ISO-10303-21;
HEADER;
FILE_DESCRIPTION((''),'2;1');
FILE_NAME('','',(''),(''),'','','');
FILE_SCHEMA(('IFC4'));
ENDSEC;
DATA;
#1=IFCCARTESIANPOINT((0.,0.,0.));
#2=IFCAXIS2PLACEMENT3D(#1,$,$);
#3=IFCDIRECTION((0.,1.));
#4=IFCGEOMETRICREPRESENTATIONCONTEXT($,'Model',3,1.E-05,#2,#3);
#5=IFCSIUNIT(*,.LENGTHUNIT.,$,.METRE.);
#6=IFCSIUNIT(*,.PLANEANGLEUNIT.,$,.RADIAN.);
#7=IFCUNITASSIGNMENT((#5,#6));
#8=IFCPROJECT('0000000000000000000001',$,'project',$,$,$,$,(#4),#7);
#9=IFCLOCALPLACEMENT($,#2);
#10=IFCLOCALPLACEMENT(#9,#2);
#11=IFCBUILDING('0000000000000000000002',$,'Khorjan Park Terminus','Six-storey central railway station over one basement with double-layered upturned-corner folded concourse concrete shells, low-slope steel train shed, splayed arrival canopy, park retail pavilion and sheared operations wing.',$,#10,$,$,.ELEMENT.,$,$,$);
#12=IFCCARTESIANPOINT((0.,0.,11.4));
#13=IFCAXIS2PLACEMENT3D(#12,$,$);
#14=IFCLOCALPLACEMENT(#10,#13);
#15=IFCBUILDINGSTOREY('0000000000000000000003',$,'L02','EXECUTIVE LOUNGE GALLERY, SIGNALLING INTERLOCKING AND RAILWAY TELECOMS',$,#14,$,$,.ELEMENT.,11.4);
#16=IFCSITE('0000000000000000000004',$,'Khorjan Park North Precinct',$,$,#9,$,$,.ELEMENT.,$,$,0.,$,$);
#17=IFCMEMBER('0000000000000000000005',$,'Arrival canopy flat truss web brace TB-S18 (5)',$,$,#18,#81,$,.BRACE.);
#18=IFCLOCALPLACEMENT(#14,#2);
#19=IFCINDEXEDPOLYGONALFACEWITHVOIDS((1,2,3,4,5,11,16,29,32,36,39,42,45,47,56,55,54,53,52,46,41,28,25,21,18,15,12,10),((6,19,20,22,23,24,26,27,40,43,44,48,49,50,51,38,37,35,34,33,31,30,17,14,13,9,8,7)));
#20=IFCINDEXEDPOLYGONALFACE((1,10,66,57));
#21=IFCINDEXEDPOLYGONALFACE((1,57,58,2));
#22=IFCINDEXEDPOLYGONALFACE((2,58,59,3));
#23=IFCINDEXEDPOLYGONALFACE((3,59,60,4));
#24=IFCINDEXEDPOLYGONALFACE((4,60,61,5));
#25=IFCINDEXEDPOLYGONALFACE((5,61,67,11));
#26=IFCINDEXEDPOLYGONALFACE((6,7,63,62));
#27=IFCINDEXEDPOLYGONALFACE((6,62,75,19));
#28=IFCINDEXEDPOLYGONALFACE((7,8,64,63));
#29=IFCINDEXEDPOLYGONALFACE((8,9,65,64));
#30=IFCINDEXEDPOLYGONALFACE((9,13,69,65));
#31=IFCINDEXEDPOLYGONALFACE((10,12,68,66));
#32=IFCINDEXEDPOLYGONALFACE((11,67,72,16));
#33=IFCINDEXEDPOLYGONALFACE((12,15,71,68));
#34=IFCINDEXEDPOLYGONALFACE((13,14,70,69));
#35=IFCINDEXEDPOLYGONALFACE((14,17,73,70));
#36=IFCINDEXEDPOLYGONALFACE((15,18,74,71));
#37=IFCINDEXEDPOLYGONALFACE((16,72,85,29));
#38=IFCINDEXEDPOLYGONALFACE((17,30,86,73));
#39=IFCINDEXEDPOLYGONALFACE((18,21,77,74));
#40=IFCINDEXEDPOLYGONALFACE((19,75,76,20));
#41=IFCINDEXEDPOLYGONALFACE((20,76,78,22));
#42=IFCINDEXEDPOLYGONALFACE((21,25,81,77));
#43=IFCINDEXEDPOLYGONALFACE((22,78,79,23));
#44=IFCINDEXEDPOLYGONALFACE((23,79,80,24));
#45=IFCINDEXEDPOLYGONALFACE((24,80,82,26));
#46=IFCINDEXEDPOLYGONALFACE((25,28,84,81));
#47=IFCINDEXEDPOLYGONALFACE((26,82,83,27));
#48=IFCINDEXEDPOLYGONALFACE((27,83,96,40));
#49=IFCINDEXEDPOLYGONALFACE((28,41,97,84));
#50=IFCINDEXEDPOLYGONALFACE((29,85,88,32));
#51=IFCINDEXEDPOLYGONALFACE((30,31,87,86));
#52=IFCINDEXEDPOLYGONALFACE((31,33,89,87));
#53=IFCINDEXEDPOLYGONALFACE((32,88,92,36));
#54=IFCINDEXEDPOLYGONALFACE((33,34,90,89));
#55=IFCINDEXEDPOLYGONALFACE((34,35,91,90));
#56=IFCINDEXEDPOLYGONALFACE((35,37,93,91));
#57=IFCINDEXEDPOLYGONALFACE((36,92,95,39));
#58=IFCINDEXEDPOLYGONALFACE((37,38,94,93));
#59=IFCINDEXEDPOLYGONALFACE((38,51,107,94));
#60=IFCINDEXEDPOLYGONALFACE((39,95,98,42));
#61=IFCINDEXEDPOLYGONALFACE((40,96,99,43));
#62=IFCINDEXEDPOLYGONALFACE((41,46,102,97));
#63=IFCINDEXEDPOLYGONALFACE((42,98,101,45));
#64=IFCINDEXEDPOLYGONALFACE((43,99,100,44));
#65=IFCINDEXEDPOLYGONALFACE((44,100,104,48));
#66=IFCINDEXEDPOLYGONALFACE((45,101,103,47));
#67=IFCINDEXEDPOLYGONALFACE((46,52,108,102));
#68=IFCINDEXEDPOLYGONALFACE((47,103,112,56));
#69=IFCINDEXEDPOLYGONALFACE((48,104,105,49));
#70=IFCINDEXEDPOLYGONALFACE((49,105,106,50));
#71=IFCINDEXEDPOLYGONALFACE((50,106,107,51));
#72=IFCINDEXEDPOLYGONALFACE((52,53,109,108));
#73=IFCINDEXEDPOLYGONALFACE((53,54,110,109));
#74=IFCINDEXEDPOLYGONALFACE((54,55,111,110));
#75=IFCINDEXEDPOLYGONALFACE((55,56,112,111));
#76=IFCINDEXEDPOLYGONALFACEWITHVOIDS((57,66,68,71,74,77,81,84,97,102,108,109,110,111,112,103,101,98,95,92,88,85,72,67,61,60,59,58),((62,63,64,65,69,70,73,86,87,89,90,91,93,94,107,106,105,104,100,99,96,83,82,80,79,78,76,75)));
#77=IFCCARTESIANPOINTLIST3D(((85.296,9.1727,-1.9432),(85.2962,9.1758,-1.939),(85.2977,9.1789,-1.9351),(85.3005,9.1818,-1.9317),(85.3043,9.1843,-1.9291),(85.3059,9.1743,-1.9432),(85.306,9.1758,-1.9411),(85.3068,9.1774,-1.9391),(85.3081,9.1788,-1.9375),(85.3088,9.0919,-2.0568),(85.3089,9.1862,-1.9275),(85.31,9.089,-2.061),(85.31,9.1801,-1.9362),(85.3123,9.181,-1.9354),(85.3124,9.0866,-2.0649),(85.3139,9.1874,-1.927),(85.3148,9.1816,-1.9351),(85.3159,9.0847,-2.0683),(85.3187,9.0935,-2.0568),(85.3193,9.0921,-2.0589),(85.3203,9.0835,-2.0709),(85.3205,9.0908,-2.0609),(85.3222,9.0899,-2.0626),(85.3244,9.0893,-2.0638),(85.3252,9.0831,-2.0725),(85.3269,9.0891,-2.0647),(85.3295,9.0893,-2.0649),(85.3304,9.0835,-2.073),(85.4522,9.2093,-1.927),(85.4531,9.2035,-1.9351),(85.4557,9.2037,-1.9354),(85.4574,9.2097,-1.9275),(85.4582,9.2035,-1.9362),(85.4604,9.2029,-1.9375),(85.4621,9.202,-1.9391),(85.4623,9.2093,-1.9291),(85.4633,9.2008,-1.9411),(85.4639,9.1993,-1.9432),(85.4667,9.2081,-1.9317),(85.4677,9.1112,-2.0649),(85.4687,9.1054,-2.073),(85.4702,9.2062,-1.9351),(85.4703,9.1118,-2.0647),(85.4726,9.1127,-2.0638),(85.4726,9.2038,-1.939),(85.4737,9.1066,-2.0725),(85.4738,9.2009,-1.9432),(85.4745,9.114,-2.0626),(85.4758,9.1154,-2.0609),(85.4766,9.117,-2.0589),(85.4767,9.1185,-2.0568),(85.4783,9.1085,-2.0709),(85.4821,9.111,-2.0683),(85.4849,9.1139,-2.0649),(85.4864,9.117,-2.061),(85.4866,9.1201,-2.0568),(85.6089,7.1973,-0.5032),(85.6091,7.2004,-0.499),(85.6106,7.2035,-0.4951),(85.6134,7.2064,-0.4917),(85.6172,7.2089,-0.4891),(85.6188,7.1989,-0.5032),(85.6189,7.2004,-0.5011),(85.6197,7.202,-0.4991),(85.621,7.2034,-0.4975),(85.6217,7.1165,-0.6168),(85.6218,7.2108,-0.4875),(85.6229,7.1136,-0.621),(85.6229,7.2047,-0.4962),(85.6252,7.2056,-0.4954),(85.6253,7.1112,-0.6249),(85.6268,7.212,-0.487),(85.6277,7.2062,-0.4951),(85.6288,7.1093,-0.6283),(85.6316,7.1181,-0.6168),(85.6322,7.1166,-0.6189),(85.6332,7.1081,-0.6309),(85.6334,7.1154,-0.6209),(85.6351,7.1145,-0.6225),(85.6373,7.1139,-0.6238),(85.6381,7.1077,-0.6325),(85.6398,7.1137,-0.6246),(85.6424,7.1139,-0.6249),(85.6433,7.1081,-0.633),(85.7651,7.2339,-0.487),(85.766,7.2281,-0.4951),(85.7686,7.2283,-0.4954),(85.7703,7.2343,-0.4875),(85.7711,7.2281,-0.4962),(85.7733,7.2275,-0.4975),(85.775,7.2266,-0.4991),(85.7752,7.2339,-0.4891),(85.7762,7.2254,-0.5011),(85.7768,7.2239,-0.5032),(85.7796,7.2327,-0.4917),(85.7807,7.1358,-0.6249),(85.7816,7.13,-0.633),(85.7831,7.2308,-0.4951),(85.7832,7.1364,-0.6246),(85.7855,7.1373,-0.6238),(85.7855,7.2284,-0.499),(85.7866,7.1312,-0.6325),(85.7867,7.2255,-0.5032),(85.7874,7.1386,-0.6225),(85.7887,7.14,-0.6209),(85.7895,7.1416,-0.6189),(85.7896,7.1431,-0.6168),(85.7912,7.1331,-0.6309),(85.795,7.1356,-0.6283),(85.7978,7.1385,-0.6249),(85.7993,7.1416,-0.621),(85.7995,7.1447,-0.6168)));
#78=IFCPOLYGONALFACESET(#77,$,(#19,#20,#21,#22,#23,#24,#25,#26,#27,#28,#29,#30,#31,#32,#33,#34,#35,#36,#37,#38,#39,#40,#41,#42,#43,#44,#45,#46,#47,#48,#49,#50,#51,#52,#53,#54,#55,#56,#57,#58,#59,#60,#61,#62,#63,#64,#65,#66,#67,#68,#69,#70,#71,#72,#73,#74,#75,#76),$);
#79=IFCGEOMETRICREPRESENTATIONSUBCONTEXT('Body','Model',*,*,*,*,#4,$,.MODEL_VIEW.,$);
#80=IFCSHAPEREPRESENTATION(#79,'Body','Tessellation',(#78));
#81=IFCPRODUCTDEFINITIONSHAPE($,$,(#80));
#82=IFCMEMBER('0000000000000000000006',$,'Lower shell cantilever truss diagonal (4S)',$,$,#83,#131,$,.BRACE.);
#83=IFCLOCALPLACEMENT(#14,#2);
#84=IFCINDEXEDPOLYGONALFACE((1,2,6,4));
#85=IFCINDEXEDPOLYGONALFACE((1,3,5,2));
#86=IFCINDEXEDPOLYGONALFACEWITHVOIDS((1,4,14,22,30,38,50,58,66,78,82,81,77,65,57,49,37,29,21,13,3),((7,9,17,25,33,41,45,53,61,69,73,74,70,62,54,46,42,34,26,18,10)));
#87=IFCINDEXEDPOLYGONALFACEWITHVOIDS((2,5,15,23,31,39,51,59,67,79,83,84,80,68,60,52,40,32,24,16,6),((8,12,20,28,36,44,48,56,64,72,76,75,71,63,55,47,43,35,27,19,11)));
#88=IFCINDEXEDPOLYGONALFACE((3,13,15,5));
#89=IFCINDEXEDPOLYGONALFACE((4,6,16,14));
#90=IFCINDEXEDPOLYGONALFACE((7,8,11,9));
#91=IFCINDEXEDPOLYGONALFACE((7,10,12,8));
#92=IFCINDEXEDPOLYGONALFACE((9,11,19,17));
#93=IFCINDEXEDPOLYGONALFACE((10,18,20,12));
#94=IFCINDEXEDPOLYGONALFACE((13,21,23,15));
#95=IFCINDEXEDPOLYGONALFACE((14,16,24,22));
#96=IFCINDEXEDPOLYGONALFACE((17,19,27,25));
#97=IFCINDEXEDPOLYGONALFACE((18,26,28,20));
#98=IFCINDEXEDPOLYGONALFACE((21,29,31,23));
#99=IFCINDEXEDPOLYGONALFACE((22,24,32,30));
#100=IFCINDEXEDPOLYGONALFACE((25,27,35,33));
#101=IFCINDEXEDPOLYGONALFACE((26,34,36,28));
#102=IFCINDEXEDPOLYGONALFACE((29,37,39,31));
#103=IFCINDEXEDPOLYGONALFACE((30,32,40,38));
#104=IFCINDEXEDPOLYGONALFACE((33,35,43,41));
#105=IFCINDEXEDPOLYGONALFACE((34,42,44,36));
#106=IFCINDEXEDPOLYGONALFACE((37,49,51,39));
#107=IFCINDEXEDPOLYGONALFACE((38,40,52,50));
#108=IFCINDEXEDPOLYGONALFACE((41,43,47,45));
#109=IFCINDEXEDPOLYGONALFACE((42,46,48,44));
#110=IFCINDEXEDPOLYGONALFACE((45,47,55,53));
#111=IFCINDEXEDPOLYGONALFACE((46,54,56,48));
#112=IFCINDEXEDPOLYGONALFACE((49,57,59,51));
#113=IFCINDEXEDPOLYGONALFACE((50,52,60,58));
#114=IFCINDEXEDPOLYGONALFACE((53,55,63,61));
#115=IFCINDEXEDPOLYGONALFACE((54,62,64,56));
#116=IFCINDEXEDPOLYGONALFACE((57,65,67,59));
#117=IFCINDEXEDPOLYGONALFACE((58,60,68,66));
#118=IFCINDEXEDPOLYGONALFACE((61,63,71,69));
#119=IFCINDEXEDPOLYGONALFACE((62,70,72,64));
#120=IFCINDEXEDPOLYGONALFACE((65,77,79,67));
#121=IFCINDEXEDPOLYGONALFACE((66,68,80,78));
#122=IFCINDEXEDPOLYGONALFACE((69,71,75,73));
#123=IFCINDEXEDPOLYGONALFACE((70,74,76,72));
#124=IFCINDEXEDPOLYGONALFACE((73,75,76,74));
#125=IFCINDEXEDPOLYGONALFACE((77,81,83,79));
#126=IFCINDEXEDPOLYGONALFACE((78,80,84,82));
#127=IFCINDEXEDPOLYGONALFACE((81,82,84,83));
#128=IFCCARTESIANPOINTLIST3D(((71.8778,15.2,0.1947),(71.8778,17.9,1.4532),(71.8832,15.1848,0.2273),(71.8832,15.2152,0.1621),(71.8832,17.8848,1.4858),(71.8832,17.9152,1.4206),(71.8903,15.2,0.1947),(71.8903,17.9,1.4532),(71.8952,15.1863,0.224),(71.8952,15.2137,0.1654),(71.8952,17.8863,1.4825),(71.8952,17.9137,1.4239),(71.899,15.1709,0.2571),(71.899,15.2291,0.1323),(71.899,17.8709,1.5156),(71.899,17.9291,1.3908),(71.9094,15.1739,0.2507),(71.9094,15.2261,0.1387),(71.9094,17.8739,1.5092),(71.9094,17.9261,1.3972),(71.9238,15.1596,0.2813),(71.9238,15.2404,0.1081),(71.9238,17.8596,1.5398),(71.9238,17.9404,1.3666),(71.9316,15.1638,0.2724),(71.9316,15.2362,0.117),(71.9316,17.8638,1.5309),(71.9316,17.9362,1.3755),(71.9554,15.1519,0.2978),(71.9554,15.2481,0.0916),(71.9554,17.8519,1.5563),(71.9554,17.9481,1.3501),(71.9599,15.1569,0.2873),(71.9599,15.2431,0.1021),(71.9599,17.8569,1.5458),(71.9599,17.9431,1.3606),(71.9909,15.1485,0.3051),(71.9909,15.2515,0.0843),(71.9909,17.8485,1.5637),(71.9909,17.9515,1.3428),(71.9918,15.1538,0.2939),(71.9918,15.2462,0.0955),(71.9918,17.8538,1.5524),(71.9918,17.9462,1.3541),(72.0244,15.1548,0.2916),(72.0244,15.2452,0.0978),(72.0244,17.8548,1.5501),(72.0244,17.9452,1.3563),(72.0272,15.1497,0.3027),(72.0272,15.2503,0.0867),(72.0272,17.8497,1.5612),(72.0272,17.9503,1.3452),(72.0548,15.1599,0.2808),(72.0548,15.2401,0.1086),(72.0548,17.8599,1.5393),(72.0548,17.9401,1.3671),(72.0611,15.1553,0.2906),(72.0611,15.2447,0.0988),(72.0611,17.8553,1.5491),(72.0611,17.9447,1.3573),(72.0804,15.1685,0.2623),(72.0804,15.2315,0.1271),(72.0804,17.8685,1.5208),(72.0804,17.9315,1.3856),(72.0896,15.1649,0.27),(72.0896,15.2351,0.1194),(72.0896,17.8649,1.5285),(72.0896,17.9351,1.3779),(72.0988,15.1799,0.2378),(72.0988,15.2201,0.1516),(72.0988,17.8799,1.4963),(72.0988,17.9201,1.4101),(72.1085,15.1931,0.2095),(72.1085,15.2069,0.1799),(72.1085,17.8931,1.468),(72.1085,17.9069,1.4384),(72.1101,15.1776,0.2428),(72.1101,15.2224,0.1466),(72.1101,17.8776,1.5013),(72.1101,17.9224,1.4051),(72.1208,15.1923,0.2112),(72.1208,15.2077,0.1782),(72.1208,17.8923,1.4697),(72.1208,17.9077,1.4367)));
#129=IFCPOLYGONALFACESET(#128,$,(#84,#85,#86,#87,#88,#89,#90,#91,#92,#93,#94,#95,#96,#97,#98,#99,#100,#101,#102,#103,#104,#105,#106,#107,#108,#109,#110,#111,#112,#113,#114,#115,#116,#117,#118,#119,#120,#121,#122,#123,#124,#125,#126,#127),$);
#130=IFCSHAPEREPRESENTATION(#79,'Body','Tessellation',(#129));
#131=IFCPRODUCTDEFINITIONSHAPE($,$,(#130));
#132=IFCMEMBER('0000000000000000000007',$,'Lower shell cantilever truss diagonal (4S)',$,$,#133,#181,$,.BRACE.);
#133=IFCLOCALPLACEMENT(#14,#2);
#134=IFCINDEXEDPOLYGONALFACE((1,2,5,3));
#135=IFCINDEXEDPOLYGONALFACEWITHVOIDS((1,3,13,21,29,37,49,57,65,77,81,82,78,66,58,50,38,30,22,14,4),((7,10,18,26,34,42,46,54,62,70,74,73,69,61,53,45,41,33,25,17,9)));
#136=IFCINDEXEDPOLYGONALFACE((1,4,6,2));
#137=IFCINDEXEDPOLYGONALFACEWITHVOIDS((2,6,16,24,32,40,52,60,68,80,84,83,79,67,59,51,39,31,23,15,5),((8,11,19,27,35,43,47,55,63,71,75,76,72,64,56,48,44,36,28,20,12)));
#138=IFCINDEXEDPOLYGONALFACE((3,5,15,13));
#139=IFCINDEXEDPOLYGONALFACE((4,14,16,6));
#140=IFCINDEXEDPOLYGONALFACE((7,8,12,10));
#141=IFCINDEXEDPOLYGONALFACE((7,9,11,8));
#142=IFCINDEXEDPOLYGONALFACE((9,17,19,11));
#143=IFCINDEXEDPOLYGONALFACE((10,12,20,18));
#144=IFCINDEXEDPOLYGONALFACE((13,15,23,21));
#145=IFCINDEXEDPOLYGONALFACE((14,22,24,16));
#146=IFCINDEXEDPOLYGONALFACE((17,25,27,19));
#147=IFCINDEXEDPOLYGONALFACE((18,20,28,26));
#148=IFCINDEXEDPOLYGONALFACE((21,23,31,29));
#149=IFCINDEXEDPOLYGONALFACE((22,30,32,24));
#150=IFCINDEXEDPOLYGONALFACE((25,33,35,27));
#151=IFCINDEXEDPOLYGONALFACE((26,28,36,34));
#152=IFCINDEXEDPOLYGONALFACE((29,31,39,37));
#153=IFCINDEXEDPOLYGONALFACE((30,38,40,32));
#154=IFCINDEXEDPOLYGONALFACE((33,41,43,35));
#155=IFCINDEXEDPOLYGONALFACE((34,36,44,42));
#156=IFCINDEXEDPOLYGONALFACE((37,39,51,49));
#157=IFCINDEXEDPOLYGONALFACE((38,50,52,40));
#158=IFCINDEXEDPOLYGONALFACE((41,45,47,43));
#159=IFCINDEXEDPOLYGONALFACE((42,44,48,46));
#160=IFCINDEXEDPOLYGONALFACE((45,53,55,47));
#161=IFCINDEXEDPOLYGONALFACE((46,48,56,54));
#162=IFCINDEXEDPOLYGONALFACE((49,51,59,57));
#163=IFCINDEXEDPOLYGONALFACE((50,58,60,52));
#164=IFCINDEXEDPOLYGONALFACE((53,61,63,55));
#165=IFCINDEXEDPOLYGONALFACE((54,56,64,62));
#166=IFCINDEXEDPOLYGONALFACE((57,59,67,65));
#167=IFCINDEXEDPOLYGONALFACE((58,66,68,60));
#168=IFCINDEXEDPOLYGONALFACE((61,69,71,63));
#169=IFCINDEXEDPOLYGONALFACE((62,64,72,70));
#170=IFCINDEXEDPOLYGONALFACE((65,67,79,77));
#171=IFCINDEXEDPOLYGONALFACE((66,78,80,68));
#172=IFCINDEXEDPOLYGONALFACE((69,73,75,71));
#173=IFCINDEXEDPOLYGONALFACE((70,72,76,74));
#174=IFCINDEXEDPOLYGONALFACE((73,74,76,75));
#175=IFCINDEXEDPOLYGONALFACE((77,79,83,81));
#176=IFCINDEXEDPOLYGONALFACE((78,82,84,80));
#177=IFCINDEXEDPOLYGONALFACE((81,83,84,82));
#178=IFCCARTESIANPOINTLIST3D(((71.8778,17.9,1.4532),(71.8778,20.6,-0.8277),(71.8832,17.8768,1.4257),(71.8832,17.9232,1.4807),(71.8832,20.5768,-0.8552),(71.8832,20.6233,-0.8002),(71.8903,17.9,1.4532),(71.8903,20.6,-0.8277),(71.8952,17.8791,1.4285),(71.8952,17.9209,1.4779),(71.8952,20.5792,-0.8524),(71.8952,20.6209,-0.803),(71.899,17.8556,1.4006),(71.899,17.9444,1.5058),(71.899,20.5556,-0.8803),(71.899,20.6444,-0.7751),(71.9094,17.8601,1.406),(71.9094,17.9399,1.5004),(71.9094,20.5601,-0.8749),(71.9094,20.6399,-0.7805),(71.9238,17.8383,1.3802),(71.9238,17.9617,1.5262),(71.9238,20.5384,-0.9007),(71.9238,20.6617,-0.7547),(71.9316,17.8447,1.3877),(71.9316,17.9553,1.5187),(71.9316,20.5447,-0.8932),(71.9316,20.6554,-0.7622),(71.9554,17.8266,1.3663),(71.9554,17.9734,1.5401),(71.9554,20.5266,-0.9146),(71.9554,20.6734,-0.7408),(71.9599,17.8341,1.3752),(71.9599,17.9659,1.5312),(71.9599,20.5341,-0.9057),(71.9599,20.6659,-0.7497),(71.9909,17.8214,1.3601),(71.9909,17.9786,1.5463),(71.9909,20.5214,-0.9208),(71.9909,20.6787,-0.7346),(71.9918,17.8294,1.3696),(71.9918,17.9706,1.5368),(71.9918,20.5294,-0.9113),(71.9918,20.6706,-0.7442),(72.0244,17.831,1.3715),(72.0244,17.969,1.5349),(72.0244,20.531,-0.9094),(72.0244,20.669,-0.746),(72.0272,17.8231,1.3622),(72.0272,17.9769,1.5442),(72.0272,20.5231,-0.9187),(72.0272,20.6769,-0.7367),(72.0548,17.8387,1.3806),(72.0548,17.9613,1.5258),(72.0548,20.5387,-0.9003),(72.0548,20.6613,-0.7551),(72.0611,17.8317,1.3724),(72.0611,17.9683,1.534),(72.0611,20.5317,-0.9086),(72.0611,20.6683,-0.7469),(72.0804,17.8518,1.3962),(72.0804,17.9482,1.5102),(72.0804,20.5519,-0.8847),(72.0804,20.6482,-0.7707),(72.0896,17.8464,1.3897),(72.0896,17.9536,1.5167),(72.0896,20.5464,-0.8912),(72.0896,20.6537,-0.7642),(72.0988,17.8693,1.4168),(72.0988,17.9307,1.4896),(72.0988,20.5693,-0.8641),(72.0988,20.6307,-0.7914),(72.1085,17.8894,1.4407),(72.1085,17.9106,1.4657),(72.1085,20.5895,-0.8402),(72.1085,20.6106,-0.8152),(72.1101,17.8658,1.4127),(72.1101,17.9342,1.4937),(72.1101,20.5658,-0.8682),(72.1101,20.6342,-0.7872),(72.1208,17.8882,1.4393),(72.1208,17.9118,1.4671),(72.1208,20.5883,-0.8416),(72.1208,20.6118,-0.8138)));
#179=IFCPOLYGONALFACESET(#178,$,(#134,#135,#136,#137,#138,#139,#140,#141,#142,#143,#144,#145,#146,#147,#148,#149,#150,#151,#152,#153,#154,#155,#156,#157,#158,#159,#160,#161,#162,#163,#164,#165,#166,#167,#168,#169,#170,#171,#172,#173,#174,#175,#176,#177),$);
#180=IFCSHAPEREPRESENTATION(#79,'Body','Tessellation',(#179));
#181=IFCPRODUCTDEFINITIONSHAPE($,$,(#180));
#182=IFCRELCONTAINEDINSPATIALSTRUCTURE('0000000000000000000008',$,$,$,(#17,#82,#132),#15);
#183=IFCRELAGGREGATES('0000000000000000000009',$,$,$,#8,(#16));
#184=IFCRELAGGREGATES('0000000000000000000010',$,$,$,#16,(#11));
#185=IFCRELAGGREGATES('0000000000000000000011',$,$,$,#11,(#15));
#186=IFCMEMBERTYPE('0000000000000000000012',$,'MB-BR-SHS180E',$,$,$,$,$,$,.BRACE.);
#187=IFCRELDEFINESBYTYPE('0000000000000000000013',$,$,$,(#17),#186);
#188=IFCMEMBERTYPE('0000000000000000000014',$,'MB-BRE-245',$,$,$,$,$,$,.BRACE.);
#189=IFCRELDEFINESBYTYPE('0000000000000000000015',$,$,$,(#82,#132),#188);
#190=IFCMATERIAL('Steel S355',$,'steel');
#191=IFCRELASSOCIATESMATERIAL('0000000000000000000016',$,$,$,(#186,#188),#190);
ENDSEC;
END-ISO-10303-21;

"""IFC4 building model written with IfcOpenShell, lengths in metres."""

from ifc_helpers import new_model, si_unit, direction, frame, origin, origin_2d, place, context, subcontext, project, spatial, hollow_rectangle, hollow_circle, extrude, material, material_profile, profile_set, type_object, element, save


model = new_model("IFC4")

# Units and contexts
model_context = context("Model", 3, precision=1e-05, world=origin(), true_north=direction((0.0, 1.0)))
body_context = subcontext(model_context, "Body", "Model", "MODEL_VIEW")
ifc_project = project(units=[si_unit("LENGTHUNIT", "METRE"), si_unit("PLANEANGLEUNIT", "RADIAN")], contexts=[model_context])

# Site, building, storey
site_placement = place(None, origin())
site = spatial("IfcSite", under=ifc_project, at=site_placement, Name="Khorjan Park North Precinct", CompositionType="ELEMENT", RefElevation=0.0)
building_placement = place(site_placement, origin())
building = spatial("IfcBuilding", under=site, at=building_placement, Name="Khorjan Park Terminus", Description="Six-storey central railway station over one basement with double-layered upturned-corner folded concourse concrete shells, low-slope steel train shed, splayed arrival canopy, park retail pavilion and sheared operations wing.", CompositionType="ELEMENT")
storey_placement = place(building_placement, frame((0.0, 0.0, 11.4)))
storey = spatial("IfcBuildingStorey", under=building, at=storey_placement, Name="L02", Description="EXECUTIVE LOUNGE GALLERY, SIGNALLING INTERLOCKING AND RAILWAY TELECOMS", CompositionType="ELEMENT", Elevation=11.4)

# Members
ifc_material_1 = material(Name="Steel S355", Category="steel")
ifc_material_profile_1 = material_profile(ifc_material_1, hollow_rectangle(XDim=0.18, YDim=0.18, WallThickness=0.01, InnerFilletRadius=0.01, OuterFilletRadius=0.02, at=origin_2d()), Name="SHS 180x180x10")
ifc_profile_set_1 = profile_set([ifc_material_profile_1], Name="Steel S355")
member_type_1 = type_object("IfcMemberType", Name="MB-BR-SHS180E", PredefinedType="BRACE", material=ifc_profile_set_1)
member_1_placement = place(storey_placement, frame((85.7042, 7.171, -0.56), z_axis=(-0.126963, 0.801545, -0.584299), x_axis=(-0.987686, -0.156448, 0.0)))
element("IfcMember", 1, at=member_1_placement, inside=storey, type_object=member_type_1, Name="Arrival canopy flat truss web brace TB-S18 (5)", PredefinedType="BRACE", context=body_context, shape_type="SweptSolid", body=[
    extrude(hollow_rectangle(XDim=0.18, YDim=0.18, WallThickness=0.01, InnerFilletRadius=0.01, OuterFilletRadius=0.02, at=origin_2d()), origin(), (0.0, 0.0, 1.0), 2.4645),
])
ifc_material_profile_2 = material_profile(ifc_material_1, hollow_circle(Radius=0.1222, WallThickness=0.0125, at=origin_2d()), Name="CHS 244.5x12.5")
ifc_profile_set_2 = profile_set([ifc_material_profile_2], Name="Steel S355")
member_type_2 = type_object("IfcMemberType", Name="MB-BRE-245", PredefinedType="BRACE", material=ifc_profile_set_2)
member_2_placement = place(storey_placement, frame((72.0, 15.2, 0.1947), z_axis=(0.0, 0.906376, 0.422472), x_axis=(-1.0, 0.0, 0.0)))
element("IfcMember", 2, at=member_2_placement, inside=storey, type_object=member_type_2, Name="Lower shell cantilever truss diagonal (4S)", PredefinedType="BRACE", context=body_context, shape_type="SweptSolid", body=[
    extrude(hollow_circle(Radius=0.1222, WallThickness=0.0125, at=origin_2d()), origin(), (0.0, 0.0, 1.0), 2.9789),
])
member_3_placement = place(storey_placement, frame((72.0, 17.9, 1.4532), z_axis=(0.0, 0.763904, -0.645329), x_axis=(-1.0, 0.0, 0.0)))
element("IfcMember", 3, at=member_3_placement, inside=storey, type_object=member_type_2, Name="Lower shell cantilever truss diagonal (4S)", PredefinedType="BRACE", context=body_context, shape_type="SweptSolid", body=[
    extrude(hollow_circle(Radius=0.1222, WallThickness=0.0125, at=origin_2d()), origin(), (0.0, 0.0, 1.0), 3.5345),
])

save(model, "model.ifc")
